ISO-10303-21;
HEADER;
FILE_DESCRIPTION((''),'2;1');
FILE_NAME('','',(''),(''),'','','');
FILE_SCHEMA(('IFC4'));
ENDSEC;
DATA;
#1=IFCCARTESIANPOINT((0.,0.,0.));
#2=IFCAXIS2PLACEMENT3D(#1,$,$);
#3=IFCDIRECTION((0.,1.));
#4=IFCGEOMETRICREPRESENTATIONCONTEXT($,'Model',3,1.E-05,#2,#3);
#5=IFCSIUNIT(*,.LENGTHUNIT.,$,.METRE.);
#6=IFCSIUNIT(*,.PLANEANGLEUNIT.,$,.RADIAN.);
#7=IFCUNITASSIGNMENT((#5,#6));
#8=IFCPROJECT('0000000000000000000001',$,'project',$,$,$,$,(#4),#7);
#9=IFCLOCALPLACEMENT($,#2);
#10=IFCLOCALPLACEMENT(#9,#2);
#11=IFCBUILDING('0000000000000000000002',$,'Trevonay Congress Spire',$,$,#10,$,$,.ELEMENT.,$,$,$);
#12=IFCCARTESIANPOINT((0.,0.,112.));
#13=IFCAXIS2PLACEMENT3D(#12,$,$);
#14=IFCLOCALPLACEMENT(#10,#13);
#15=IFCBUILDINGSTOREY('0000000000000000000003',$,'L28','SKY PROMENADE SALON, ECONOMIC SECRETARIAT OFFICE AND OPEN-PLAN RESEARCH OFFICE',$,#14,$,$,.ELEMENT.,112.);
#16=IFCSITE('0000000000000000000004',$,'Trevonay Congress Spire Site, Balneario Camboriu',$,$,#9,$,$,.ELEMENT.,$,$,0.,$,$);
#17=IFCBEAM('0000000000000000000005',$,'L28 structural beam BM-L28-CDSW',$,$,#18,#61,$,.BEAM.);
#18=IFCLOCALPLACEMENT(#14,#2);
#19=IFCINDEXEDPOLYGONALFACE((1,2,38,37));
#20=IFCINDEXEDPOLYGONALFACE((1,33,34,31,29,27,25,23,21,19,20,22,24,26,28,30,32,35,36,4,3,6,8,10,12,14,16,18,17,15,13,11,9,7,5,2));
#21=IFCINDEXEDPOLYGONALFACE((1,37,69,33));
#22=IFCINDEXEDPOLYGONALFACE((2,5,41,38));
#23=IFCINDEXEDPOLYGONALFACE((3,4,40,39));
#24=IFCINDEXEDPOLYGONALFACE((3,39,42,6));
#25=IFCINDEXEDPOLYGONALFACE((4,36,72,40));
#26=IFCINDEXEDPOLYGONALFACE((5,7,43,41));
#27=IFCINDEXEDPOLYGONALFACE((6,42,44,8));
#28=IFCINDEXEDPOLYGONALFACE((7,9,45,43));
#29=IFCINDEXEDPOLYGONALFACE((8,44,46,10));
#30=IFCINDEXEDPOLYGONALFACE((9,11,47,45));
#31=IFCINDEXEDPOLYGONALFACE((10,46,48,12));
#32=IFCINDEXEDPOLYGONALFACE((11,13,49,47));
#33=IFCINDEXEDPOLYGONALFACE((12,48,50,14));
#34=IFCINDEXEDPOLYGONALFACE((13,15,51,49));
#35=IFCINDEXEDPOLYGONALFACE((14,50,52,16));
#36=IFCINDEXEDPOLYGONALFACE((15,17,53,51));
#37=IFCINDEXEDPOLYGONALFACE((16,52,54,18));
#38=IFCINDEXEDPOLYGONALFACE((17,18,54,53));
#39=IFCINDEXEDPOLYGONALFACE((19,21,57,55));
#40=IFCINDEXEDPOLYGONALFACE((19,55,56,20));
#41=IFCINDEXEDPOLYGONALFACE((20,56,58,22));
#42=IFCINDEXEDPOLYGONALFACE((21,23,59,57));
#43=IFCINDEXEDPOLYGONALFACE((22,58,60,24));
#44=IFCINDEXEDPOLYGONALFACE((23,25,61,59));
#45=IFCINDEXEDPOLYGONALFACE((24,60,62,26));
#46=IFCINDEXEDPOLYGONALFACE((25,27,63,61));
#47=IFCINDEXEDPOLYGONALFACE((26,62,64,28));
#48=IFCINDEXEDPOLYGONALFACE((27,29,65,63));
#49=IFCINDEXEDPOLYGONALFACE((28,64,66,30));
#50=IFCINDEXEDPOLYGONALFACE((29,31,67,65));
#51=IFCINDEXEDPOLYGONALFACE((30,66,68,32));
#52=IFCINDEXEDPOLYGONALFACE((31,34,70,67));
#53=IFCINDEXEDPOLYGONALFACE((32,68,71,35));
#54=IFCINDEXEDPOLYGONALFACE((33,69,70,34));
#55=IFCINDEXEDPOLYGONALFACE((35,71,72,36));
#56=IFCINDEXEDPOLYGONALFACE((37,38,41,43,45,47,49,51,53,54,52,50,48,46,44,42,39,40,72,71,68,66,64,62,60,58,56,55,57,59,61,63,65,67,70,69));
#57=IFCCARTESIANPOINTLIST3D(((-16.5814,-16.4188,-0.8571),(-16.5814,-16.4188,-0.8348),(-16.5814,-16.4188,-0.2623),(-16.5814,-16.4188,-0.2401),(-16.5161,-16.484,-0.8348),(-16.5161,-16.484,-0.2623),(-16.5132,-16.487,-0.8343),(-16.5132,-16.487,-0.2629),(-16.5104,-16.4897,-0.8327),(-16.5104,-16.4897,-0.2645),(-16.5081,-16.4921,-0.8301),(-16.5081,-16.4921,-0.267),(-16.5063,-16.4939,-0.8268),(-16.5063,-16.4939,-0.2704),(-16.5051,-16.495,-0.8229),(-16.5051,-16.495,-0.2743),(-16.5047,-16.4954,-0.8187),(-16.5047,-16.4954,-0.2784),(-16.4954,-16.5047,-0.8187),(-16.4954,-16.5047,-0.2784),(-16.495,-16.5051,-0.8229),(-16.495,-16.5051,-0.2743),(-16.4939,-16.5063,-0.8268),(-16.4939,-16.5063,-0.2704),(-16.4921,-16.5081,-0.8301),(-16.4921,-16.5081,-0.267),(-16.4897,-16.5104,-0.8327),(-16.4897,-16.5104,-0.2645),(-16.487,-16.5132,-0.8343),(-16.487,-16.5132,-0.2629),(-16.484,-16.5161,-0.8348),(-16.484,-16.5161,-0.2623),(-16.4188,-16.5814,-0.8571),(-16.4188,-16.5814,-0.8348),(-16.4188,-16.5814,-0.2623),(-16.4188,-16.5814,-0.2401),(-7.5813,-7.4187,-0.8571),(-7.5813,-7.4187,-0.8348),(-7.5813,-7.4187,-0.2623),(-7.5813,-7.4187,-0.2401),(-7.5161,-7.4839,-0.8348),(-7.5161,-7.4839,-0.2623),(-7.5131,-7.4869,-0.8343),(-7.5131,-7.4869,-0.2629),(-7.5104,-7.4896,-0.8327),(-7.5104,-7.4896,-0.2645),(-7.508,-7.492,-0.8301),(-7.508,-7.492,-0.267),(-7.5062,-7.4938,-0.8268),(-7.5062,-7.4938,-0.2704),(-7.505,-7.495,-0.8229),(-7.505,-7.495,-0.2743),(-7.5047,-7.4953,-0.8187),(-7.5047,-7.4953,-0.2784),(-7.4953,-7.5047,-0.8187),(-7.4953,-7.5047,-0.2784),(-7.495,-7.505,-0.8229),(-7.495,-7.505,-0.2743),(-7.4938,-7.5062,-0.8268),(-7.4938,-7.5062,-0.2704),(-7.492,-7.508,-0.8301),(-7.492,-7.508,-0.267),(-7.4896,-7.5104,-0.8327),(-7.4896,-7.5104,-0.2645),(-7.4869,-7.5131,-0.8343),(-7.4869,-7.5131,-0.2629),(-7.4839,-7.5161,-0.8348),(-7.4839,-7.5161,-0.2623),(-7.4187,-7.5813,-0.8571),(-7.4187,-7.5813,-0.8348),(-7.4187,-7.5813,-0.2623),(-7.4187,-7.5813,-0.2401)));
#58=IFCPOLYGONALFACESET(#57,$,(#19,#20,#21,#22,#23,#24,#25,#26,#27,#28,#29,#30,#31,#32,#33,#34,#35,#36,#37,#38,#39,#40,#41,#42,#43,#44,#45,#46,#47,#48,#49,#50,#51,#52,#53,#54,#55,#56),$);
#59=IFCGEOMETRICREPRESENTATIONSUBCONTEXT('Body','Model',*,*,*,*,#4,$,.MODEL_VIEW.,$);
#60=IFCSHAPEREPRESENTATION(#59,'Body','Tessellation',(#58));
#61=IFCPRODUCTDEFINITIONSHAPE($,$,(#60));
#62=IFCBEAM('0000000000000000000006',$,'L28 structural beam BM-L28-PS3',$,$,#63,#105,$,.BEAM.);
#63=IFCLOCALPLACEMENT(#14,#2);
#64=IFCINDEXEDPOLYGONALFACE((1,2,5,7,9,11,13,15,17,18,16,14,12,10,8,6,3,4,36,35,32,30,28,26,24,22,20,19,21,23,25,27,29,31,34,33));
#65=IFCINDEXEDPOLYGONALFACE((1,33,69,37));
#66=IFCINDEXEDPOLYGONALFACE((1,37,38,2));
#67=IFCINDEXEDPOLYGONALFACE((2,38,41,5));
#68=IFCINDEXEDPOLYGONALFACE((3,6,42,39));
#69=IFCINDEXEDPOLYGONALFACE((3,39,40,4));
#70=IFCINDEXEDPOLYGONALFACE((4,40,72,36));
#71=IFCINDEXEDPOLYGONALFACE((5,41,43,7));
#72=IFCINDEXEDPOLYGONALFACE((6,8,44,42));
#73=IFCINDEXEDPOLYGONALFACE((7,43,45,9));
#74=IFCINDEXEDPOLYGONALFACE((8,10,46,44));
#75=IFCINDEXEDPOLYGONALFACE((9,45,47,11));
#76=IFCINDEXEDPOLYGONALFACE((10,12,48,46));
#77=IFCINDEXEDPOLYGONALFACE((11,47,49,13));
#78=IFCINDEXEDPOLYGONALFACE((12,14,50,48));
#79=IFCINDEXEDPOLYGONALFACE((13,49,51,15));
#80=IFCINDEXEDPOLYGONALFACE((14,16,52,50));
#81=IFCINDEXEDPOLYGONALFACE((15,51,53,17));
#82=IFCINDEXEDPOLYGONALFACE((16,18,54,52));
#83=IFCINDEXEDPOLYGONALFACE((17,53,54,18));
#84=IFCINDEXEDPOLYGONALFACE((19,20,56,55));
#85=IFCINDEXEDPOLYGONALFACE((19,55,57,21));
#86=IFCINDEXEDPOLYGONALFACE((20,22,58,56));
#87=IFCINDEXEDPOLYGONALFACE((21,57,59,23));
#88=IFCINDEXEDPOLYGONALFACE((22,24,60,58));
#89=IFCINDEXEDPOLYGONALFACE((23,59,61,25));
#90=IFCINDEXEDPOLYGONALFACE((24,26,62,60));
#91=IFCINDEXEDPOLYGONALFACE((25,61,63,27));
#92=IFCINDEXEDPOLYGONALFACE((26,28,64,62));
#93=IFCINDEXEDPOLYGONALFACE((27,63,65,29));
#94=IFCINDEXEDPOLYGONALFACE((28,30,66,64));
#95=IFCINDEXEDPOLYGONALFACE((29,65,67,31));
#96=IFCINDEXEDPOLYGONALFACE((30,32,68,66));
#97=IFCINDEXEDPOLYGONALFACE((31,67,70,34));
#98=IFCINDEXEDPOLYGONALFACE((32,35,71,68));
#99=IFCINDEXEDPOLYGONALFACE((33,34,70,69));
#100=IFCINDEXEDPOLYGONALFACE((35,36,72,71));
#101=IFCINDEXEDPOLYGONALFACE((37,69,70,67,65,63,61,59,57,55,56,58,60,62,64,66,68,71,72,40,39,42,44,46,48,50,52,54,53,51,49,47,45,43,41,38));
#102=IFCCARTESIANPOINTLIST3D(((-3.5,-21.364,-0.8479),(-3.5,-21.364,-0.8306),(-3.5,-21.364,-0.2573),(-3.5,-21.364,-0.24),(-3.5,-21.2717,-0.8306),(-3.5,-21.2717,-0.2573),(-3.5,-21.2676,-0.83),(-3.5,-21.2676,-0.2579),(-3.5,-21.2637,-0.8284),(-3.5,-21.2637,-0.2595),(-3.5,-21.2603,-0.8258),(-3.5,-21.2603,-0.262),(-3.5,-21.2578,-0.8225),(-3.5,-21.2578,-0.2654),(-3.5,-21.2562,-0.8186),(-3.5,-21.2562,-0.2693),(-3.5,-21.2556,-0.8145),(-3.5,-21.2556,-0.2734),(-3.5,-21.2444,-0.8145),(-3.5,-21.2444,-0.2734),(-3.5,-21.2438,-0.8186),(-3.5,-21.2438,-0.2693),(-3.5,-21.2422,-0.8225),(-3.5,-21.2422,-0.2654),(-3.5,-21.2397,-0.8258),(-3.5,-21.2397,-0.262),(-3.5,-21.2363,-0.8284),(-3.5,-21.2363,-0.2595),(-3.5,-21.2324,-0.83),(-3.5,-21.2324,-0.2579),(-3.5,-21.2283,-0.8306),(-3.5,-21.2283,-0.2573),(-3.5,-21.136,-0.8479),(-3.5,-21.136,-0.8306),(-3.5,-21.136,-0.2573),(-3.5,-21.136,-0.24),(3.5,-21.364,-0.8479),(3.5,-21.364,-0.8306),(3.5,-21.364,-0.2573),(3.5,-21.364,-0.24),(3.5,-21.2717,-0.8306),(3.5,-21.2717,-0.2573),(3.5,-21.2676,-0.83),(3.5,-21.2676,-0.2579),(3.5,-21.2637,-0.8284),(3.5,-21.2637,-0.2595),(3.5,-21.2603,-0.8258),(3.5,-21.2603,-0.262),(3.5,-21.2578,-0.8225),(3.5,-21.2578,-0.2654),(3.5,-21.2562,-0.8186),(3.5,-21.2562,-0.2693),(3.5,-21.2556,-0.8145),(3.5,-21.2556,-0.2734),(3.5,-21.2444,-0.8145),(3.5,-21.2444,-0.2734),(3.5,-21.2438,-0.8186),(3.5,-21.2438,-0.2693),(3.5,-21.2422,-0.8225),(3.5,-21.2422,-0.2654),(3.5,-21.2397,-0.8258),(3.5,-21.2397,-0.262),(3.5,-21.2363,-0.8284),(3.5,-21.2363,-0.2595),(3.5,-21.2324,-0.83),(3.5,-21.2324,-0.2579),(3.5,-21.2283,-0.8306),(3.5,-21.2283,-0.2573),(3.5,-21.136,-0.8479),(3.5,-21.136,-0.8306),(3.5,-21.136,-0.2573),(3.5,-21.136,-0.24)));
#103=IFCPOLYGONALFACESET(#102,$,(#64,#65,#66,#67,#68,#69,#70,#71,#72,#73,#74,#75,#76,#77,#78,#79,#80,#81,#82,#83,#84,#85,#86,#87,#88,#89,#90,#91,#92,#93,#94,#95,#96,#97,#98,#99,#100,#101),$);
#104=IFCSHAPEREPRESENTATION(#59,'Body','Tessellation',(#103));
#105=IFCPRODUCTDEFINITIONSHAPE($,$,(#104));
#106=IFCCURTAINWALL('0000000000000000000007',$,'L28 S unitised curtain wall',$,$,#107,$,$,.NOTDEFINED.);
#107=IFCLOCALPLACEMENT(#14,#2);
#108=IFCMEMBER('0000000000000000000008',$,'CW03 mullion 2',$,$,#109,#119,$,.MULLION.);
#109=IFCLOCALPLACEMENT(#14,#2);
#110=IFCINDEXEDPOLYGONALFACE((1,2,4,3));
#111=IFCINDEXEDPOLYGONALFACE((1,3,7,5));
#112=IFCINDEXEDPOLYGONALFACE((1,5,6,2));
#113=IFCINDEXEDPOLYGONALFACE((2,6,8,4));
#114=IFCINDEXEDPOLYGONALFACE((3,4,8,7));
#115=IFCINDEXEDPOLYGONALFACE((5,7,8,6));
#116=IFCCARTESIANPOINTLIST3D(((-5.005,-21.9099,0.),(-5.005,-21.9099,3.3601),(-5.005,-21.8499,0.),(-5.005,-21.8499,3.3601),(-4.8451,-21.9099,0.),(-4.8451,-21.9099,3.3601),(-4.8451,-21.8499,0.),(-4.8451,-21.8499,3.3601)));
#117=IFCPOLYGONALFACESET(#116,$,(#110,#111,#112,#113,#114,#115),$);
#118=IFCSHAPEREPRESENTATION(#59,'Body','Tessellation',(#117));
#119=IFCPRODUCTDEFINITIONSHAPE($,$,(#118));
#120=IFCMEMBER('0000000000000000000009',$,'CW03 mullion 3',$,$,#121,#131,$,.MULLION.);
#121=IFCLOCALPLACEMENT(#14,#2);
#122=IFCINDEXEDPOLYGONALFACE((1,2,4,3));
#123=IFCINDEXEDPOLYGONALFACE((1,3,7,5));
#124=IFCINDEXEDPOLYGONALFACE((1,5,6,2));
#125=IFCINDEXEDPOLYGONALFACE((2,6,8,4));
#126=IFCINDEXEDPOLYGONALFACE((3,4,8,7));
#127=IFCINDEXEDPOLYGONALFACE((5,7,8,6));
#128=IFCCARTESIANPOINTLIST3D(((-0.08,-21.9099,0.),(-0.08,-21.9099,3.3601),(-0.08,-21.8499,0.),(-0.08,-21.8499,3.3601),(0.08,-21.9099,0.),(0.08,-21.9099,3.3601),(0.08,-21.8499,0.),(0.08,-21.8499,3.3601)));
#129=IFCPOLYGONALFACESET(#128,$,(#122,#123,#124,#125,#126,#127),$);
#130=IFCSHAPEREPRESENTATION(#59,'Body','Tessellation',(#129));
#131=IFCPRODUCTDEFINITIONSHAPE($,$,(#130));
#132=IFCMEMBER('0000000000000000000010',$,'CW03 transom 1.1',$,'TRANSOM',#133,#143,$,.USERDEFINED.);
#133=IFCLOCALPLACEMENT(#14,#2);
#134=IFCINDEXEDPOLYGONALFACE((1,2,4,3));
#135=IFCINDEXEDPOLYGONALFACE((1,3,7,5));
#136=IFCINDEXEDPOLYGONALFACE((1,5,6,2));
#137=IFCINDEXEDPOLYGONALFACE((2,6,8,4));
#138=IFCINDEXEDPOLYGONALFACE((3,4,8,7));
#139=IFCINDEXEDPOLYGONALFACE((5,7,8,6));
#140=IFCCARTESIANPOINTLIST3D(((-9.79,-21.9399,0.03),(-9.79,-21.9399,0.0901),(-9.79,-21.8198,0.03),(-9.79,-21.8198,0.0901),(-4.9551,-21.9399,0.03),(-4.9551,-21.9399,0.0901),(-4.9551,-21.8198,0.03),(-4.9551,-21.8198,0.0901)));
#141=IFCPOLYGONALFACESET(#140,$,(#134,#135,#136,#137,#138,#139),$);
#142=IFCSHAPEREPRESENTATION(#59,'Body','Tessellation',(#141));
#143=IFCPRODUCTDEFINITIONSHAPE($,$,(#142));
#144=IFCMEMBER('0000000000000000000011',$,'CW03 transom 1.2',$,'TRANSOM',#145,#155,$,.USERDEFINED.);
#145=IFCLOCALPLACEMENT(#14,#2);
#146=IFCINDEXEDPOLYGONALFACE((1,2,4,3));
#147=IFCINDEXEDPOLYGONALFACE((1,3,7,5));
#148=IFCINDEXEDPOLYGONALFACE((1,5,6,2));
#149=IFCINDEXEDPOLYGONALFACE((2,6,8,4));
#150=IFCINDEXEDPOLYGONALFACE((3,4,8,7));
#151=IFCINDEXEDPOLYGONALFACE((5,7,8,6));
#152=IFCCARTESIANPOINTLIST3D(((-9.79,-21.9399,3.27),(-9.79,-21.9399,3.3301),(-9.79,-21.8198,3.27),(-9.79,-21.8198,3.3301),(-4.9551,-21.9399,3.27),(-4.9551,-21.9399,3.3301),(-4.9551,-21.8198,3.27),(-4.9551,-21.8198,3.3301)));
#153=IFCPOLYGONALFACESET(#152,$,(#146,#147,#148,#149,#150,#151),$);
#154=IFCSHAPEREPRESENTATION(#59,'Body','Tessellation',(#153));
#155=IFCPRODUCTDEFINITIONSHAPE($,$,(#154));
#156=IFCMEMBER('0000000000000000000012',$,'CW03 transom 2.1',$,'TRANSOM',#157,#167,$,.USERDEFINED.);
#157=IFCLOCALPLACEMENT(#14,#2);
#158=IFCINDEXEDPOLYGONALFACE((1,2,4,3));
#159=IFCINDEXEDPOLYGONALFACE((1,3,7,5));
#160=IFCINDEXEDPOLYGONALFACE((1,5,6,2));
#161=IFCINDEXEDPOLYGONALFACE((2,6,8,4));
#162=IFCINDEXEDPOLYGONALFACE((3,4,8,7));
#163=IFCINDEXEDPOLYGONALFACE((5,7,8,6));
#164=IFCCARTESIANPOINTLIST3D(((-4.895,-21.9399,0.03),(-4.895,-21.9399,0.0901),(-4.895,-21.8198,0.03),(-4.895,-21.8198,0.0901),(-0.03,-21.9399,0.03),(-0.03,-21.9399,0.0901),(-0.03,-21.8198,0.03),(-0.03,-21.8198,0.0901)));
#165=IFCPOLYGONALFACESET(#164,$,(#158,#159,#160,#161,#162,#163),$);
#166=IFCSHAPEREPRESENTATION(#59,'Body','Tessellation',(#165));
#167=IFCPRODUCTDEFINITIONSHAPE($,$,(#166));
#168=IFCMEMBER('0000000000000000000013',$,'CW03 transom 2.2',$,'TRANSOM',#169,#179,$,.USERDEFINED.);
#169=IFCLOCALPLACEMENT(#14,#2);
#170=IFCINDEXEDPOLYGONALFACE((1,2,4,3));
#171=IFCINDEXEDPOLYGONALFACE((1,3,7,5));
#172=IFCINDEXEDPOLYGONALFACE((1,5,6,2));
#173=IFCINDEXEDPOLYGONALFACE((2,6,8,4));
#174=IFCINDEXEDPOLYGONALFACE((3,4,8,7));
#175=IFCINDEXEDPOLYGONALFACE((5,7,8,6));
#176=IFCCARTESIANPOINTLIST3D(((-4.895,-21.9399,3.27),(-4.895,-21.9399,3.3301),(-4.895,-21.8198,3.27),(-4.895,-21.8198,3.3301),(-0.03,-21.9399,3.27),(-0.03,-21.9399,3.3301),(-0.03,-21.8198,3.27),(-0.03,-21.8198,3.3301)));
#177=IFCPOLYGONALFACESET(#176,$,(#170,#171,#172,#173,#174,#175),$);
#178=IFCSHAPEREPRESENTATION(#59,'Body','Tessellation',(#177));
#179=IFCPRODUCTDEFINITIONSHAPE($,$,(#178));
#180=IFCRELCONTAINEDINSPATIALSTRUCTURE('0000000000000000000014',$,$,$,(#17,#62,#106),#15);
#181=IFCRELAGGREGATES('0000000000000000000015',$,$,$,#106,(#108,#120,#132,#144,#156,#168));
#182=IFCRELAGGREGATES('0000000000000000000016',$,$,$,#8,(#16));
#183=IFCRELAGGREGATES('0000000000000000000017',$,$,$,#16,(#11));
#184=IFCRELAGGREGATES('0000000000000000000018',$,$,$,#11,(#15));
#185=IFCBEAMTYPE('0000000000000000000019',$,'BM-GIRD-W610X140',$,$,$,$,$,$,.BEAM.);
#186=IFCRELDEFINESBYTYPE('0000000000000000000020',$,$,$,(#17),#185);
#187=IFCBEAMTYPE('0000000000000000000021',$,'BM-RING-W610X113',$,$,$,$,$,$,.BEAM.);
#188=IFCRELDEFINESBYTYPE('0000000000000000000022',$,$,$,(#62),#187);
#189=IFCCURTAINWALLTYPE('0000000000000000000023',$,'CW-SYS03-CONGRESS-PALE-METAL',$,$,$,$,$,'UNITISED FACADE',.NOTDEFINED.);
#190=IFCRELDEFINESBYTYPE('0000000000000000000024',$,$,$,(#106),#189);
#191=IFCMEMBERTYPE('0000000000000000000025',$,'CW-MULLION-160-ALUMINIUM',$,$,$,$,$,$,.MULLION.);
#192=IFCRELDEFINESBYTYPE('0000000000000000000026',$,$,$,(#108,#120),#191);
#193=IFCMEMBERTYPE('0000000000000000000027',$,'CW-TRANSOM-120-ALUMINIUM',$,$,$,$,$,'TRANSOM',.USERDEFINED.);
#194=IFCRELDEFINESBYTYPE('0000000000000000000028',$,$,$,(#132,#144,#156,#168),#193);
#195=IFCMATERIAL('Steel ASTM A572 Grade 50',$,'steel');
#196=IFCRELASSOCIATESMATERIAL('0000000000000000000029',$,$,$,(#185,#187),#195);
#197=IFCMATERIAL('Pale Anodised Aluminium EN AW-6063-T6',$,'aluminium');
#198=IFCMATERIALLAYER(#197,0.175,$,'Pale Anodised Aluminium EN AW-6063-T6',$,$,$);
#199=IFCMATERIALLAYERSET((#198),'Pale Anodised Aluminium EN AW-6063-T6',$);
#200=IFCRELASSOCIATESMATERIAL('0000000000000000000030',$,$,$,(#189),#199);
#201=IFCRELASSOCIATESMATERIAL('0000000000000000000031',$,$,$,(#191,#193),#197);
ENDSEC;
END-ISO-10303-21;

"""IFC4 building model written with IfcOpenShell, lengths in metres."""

from ifc_helpers import new_model, si_unit, direction, frame, origin, origin_2d, place, context, subcontext, project, spatial, rectangle, i_section, extrude, material, layer, layer_set, material_profile, profile_set, type_object, element, aggregate, save


model = new_model("IFC4")

# Units and contexts
model_context = context("Model", 3, precision=1e-05, world=origin(), true_north=direction((0.0, 1.0)))
body_context = subcontext(model_context, "Body", "Model", "MODEL_VIEW")
ifc_project = project(units=[si_unit("LENGTHUNIT", "METRE"), si_unit("PLANEANGLEUNIT", "RADIAN")], contexts=[model_context])

# Site, building, storey
site_placement = place(None, origin())
site = spatial("IfcSite", under=ifc_project, at=site_placement, Name="Trevonay Congress Spire Site, Balneario Camboriu", CompositionType="ELEMENT", RefElevation=0.0)
building_placement = place(site_placement, origin())
building = spatial("IfcBuilding", under=site, at=building_placement, Name="Trevonay Congress Spire", CompositionType="ELEMENT")
storey_placement = place(building_placement, frame((0.0, 0.0, 112.0)))
storey = spatial("IfcBuildingStorey", under=building, at=storey_placement, Name="L28", Description="SKY PROMENADE SALON, ECONOMIC SECRETARIAT OFFICE AND OPEN-PLAN RESEARCH OFFICE", CompositionType="ELEMENT", Elevation=112.0)

# Shared definitions
ifc_material_1 = material(Name="Steel ASTM A572 Grade 50", Category="steel")

# Beams
ifc_material_profile_1 = material_profile(ifc_material_1, i_section(OverallWidth=0.23, OverallDepth=0.6169, WebThickness=0.0132, FlangeThickness=0.0222, FilletRadius=0.0161, at=origin_2d()), Name="W610x140")
ifc_profile_set_1 = profile_set([ifc_material_profile_1], Name="Steel ASTM A572 Grade 50")
beam_type_1 = type_object("IfcBeamType", Name="BM-GIRD-W610X140", PredefinedType="BEAM", material=ifc_profile_set_1)
beam_1_placement = place(storey_placement, frame((-7.5, -7.5, -0.5486), z_axis=(-0.707107, -0.707107, 0.0), x_axis=(0.707107, -0.707107, 0.0)))
element("IfcBeam", 1, at=beam_1_placement, inside=storey, type_object=beam_type_1, Name="L28 structural beam BM-L28-CDSW", PredefinedType="BEAM", context=body_context, shape_type="SweptSolid", body=[
    extrude(i_section(OverallWidth=0.23, OverallDepth=0.6169, WebThickness=0.0132, FlangeThickness=0.0222, FilletRadius=0.0161, at=origin_2d()), origin(), (0.0, 0.0, 1.0), 12.728),
])
ifc_material_profile_2 = material_profile(ifc_material_1, i_section(OverallWidth=0.228, OverallDepth=0.6079, WebThickness=0.0112, FlangeThickness=0.0173, FilletRadius=0.0161, at=origin_2d()), Name="W610x113")
ifc_profile_set_2 = profile_set([ifc_material_profile_2], Name="Steel ASTM A572 Grade 50")
beam_type_2 = type_object("IfcBeamType", Name="BM-RING-W610X113", PredefinedType="BEAM", material=ifc_profile_set_2)
beam_2_placement = place(storey_placement, frame((-3.5, -21.25, -0.5439), z_axis=(1.0, 0.0, 0.0), x_axis=(0.0, 1.0, 0.0)))
element("IfcBeam", 2, at=beam_2_placement, inside=storey, type_object=beam_type_2, Name="L28 structural beam BM-L28-PS3", PredefinedType="BEAM", context=body_context, shape_type="SweptSolid", body=[
    extrude(i_section(OverallWidth=0.228, OverallDepth=0.6079, WebThickness=0.0112, FlangeThickness=0.0173, FilletRadius=0.0161, at=origin_2d()), origin(), (0.0, 0.0, 1.0), 7.0),
])

# Curtain wall, members
ifc_material_2 = material(Name="Pale Anodised Aluminium EN AW-6063-T6", Category="aluminium")
ifc_layer_1 = layer(ifc_material_2, 0.175, Name="Pale Anodised Aluminium EN AW-6063-T6")
ifc_layer_set_1 = layer_set([ifc_layer_1], Name="Pale Anodised Aluminium EN AW-6063-T6")
curtain_wall_type = type_object("IfcCurtainWallType", Name="CW-SYS03-CONGRESS-PALE-METAL", ElementType="UNITISED FACADE", PredefinedType="NOTDEFINED", material=ifc_layer_set_1)
curtain_wall_placement = place(storey_placement, origin())
curtain_wall = element("IfcCurtainWall", 3, at=curtain_wall_placement, inside=storey, type_object=curtain_wall_type, Name="L28 S unitised curtain wall", PredefinedType="NOTDEFINED")
ifc_material_profile_3 = material_profile(ifc_material_2, rectangle(XDim=0.0601, YDim=0.1599, at=origin_2d()), Name="CW-MULLION-160-ALUMINIUM")
ifc_profile_set_3 = profile_set([ifc_material_profile_3], Name="Pale Anodised Aluminium EN AW-6063-T6")
member_type_1 = type_object("IfcMemberType", Name="CW-MULLION-160-ALUMINIUM", PredefinedType="MULLION", material=ifc_profile_set_3)
member_1_placement = place(storey_placement, frame((-4.925, -21.8799, 0.0), z_axis=(0.0, 0.0, 1.0), x_axis=(0.0, 1.0, 0.0)))
member_1 = element("IfcMember", 4, at=member_1_placement, type_object=member_type_1, Name="CW03 mullion 2", PredefinedType="MULLION", context=body_context, shape_type="SweptSolid", body=[
    extrude(rectangle(XDim=0.0601, YDim=0.1599, at=origin_2d()), origin(), (0.0, 0.0, 1.0), 3.3601),
])
member_2_placement = place(storey_placement, frame((0.0, -21.8799, 0.0), z_axis=(0.0, 0.0, 1.0), x_axis=(0.0, 1.0, 0.0)))
member_2 = element("IfcMember", 5, at=member_2_placement, type_object=member_type_1, Name="CW03 mullion 3", PredefinedType="MULLION", context=body_context, shape_type="SweptSolid", body=[
    extrude(rectangle(XDim=0.0601, YDim=0.1599, at=origin_2d()), origin(), (0.0, 0.0, 1.0), 3.3601),
])
ifc_material_profile_4 = material_profile(ifc_material_2, rectangle(XDim=0.1201, YDim=0.0601, at=origin_2d()), Name="CW-TRANSOM-120-ALUMINIUM")
ifc_profile_set_4 = profile_set([ifc_material_profile_4], Name="Pale Anodised Aluminium EN AW-6063-T6")
member_type_2 = type_object("IfcMemberType", Name="CW-TRANSOM-120-ALUMINIUM", ElementType="TRANSOM", PredefinedType="USERDEFINED", material=ifc_profile_set_4)
member_3_placement = place(storey_placement, frame((-9.79, -21.8799, 0.0601), z_axis=(1.0, 0.0, 0.0), x_axis=(0.0, 1.0, 0.0)))
member_3 = element("IfcMember", 6, at=member_3_placement, type_object=member_type_2, Name="CW03 transom 1.1", ObjectType="TRANSOM", PredefinedType="USERDEFINED", context=body_context, shape_type="SweptSolid", body=[
    extrude(rectangle(XDim=0.1201, YDim=0.0601, at=origin_2d()), origin(), (0.0, 0.0, 1.0), 4.835),
])
member_4_placement = place(storey_placement, frame((-9.79, -21.8799, 3.3), z_axis=(1.0, 0.0, 0.0), x_axis=(0.0, 1.0, 0.0)))
member_4 = element("IfcMember", 7, at=member_4_placement, type_object=member_type_2, Name="CW03 transom 1.2", ObjectType="TRANSOM", PredefinedType="USERDEFINED", context=body_context, shape_type="SweptSolid", body=[
    extrude(rectangle(XDim=0.1201, YDim=0.0601, at=origin_2d()), origin(), (0.0, 0.0, 1.0), 4.835),
])
member_5_placement = place(storey_placement, frame((-4.895, -21.8799, 0.0601), z_axis=(1.0, 0.0, 0.0), x_axis=(0.0, 1.0, 0.0)))
member_5 = element("IfcMember", 8, at=member_5_placement, type_object=member_type_2, Name="CW03 transom 2.1", ObjectType="TRANSOM", PredefinedType="USERDEFINED", context=body_context, shape_type="SweptSolid", body=[
    extrude(rectangle(XDim=0.1201, YDim=0.0601, at=origin_2d()), origin(), (0.0, 0.0, 1.0), 4.865),
])
member_6_placement = place(storey_placement, frame((-4.895, -21.8799, 3.3), z_axis=(1.0, 0.0, 0.0), x_axis=(0.0, 1.0, 0.0)))
member_6 = element("IfcMember", 9, at=member_6_placement, type_object=member_type_2, Name="CW03 transom 2.2", ObjectType="TRANSOM", PredefinedType="USERDEFINED", context=body_context, shape_type="SweptSolid", body=[
    extrude(rectangle(XDim=0.1201, YDim=0.0601, at=origin_2d()), origin(), (0.0, 0.0, 1.0), 4.865),
])

aggregate(curtain_wall, [member_1, member_2, member_3, member_4, member_5, member_6])

save(model, "model.ifc")
